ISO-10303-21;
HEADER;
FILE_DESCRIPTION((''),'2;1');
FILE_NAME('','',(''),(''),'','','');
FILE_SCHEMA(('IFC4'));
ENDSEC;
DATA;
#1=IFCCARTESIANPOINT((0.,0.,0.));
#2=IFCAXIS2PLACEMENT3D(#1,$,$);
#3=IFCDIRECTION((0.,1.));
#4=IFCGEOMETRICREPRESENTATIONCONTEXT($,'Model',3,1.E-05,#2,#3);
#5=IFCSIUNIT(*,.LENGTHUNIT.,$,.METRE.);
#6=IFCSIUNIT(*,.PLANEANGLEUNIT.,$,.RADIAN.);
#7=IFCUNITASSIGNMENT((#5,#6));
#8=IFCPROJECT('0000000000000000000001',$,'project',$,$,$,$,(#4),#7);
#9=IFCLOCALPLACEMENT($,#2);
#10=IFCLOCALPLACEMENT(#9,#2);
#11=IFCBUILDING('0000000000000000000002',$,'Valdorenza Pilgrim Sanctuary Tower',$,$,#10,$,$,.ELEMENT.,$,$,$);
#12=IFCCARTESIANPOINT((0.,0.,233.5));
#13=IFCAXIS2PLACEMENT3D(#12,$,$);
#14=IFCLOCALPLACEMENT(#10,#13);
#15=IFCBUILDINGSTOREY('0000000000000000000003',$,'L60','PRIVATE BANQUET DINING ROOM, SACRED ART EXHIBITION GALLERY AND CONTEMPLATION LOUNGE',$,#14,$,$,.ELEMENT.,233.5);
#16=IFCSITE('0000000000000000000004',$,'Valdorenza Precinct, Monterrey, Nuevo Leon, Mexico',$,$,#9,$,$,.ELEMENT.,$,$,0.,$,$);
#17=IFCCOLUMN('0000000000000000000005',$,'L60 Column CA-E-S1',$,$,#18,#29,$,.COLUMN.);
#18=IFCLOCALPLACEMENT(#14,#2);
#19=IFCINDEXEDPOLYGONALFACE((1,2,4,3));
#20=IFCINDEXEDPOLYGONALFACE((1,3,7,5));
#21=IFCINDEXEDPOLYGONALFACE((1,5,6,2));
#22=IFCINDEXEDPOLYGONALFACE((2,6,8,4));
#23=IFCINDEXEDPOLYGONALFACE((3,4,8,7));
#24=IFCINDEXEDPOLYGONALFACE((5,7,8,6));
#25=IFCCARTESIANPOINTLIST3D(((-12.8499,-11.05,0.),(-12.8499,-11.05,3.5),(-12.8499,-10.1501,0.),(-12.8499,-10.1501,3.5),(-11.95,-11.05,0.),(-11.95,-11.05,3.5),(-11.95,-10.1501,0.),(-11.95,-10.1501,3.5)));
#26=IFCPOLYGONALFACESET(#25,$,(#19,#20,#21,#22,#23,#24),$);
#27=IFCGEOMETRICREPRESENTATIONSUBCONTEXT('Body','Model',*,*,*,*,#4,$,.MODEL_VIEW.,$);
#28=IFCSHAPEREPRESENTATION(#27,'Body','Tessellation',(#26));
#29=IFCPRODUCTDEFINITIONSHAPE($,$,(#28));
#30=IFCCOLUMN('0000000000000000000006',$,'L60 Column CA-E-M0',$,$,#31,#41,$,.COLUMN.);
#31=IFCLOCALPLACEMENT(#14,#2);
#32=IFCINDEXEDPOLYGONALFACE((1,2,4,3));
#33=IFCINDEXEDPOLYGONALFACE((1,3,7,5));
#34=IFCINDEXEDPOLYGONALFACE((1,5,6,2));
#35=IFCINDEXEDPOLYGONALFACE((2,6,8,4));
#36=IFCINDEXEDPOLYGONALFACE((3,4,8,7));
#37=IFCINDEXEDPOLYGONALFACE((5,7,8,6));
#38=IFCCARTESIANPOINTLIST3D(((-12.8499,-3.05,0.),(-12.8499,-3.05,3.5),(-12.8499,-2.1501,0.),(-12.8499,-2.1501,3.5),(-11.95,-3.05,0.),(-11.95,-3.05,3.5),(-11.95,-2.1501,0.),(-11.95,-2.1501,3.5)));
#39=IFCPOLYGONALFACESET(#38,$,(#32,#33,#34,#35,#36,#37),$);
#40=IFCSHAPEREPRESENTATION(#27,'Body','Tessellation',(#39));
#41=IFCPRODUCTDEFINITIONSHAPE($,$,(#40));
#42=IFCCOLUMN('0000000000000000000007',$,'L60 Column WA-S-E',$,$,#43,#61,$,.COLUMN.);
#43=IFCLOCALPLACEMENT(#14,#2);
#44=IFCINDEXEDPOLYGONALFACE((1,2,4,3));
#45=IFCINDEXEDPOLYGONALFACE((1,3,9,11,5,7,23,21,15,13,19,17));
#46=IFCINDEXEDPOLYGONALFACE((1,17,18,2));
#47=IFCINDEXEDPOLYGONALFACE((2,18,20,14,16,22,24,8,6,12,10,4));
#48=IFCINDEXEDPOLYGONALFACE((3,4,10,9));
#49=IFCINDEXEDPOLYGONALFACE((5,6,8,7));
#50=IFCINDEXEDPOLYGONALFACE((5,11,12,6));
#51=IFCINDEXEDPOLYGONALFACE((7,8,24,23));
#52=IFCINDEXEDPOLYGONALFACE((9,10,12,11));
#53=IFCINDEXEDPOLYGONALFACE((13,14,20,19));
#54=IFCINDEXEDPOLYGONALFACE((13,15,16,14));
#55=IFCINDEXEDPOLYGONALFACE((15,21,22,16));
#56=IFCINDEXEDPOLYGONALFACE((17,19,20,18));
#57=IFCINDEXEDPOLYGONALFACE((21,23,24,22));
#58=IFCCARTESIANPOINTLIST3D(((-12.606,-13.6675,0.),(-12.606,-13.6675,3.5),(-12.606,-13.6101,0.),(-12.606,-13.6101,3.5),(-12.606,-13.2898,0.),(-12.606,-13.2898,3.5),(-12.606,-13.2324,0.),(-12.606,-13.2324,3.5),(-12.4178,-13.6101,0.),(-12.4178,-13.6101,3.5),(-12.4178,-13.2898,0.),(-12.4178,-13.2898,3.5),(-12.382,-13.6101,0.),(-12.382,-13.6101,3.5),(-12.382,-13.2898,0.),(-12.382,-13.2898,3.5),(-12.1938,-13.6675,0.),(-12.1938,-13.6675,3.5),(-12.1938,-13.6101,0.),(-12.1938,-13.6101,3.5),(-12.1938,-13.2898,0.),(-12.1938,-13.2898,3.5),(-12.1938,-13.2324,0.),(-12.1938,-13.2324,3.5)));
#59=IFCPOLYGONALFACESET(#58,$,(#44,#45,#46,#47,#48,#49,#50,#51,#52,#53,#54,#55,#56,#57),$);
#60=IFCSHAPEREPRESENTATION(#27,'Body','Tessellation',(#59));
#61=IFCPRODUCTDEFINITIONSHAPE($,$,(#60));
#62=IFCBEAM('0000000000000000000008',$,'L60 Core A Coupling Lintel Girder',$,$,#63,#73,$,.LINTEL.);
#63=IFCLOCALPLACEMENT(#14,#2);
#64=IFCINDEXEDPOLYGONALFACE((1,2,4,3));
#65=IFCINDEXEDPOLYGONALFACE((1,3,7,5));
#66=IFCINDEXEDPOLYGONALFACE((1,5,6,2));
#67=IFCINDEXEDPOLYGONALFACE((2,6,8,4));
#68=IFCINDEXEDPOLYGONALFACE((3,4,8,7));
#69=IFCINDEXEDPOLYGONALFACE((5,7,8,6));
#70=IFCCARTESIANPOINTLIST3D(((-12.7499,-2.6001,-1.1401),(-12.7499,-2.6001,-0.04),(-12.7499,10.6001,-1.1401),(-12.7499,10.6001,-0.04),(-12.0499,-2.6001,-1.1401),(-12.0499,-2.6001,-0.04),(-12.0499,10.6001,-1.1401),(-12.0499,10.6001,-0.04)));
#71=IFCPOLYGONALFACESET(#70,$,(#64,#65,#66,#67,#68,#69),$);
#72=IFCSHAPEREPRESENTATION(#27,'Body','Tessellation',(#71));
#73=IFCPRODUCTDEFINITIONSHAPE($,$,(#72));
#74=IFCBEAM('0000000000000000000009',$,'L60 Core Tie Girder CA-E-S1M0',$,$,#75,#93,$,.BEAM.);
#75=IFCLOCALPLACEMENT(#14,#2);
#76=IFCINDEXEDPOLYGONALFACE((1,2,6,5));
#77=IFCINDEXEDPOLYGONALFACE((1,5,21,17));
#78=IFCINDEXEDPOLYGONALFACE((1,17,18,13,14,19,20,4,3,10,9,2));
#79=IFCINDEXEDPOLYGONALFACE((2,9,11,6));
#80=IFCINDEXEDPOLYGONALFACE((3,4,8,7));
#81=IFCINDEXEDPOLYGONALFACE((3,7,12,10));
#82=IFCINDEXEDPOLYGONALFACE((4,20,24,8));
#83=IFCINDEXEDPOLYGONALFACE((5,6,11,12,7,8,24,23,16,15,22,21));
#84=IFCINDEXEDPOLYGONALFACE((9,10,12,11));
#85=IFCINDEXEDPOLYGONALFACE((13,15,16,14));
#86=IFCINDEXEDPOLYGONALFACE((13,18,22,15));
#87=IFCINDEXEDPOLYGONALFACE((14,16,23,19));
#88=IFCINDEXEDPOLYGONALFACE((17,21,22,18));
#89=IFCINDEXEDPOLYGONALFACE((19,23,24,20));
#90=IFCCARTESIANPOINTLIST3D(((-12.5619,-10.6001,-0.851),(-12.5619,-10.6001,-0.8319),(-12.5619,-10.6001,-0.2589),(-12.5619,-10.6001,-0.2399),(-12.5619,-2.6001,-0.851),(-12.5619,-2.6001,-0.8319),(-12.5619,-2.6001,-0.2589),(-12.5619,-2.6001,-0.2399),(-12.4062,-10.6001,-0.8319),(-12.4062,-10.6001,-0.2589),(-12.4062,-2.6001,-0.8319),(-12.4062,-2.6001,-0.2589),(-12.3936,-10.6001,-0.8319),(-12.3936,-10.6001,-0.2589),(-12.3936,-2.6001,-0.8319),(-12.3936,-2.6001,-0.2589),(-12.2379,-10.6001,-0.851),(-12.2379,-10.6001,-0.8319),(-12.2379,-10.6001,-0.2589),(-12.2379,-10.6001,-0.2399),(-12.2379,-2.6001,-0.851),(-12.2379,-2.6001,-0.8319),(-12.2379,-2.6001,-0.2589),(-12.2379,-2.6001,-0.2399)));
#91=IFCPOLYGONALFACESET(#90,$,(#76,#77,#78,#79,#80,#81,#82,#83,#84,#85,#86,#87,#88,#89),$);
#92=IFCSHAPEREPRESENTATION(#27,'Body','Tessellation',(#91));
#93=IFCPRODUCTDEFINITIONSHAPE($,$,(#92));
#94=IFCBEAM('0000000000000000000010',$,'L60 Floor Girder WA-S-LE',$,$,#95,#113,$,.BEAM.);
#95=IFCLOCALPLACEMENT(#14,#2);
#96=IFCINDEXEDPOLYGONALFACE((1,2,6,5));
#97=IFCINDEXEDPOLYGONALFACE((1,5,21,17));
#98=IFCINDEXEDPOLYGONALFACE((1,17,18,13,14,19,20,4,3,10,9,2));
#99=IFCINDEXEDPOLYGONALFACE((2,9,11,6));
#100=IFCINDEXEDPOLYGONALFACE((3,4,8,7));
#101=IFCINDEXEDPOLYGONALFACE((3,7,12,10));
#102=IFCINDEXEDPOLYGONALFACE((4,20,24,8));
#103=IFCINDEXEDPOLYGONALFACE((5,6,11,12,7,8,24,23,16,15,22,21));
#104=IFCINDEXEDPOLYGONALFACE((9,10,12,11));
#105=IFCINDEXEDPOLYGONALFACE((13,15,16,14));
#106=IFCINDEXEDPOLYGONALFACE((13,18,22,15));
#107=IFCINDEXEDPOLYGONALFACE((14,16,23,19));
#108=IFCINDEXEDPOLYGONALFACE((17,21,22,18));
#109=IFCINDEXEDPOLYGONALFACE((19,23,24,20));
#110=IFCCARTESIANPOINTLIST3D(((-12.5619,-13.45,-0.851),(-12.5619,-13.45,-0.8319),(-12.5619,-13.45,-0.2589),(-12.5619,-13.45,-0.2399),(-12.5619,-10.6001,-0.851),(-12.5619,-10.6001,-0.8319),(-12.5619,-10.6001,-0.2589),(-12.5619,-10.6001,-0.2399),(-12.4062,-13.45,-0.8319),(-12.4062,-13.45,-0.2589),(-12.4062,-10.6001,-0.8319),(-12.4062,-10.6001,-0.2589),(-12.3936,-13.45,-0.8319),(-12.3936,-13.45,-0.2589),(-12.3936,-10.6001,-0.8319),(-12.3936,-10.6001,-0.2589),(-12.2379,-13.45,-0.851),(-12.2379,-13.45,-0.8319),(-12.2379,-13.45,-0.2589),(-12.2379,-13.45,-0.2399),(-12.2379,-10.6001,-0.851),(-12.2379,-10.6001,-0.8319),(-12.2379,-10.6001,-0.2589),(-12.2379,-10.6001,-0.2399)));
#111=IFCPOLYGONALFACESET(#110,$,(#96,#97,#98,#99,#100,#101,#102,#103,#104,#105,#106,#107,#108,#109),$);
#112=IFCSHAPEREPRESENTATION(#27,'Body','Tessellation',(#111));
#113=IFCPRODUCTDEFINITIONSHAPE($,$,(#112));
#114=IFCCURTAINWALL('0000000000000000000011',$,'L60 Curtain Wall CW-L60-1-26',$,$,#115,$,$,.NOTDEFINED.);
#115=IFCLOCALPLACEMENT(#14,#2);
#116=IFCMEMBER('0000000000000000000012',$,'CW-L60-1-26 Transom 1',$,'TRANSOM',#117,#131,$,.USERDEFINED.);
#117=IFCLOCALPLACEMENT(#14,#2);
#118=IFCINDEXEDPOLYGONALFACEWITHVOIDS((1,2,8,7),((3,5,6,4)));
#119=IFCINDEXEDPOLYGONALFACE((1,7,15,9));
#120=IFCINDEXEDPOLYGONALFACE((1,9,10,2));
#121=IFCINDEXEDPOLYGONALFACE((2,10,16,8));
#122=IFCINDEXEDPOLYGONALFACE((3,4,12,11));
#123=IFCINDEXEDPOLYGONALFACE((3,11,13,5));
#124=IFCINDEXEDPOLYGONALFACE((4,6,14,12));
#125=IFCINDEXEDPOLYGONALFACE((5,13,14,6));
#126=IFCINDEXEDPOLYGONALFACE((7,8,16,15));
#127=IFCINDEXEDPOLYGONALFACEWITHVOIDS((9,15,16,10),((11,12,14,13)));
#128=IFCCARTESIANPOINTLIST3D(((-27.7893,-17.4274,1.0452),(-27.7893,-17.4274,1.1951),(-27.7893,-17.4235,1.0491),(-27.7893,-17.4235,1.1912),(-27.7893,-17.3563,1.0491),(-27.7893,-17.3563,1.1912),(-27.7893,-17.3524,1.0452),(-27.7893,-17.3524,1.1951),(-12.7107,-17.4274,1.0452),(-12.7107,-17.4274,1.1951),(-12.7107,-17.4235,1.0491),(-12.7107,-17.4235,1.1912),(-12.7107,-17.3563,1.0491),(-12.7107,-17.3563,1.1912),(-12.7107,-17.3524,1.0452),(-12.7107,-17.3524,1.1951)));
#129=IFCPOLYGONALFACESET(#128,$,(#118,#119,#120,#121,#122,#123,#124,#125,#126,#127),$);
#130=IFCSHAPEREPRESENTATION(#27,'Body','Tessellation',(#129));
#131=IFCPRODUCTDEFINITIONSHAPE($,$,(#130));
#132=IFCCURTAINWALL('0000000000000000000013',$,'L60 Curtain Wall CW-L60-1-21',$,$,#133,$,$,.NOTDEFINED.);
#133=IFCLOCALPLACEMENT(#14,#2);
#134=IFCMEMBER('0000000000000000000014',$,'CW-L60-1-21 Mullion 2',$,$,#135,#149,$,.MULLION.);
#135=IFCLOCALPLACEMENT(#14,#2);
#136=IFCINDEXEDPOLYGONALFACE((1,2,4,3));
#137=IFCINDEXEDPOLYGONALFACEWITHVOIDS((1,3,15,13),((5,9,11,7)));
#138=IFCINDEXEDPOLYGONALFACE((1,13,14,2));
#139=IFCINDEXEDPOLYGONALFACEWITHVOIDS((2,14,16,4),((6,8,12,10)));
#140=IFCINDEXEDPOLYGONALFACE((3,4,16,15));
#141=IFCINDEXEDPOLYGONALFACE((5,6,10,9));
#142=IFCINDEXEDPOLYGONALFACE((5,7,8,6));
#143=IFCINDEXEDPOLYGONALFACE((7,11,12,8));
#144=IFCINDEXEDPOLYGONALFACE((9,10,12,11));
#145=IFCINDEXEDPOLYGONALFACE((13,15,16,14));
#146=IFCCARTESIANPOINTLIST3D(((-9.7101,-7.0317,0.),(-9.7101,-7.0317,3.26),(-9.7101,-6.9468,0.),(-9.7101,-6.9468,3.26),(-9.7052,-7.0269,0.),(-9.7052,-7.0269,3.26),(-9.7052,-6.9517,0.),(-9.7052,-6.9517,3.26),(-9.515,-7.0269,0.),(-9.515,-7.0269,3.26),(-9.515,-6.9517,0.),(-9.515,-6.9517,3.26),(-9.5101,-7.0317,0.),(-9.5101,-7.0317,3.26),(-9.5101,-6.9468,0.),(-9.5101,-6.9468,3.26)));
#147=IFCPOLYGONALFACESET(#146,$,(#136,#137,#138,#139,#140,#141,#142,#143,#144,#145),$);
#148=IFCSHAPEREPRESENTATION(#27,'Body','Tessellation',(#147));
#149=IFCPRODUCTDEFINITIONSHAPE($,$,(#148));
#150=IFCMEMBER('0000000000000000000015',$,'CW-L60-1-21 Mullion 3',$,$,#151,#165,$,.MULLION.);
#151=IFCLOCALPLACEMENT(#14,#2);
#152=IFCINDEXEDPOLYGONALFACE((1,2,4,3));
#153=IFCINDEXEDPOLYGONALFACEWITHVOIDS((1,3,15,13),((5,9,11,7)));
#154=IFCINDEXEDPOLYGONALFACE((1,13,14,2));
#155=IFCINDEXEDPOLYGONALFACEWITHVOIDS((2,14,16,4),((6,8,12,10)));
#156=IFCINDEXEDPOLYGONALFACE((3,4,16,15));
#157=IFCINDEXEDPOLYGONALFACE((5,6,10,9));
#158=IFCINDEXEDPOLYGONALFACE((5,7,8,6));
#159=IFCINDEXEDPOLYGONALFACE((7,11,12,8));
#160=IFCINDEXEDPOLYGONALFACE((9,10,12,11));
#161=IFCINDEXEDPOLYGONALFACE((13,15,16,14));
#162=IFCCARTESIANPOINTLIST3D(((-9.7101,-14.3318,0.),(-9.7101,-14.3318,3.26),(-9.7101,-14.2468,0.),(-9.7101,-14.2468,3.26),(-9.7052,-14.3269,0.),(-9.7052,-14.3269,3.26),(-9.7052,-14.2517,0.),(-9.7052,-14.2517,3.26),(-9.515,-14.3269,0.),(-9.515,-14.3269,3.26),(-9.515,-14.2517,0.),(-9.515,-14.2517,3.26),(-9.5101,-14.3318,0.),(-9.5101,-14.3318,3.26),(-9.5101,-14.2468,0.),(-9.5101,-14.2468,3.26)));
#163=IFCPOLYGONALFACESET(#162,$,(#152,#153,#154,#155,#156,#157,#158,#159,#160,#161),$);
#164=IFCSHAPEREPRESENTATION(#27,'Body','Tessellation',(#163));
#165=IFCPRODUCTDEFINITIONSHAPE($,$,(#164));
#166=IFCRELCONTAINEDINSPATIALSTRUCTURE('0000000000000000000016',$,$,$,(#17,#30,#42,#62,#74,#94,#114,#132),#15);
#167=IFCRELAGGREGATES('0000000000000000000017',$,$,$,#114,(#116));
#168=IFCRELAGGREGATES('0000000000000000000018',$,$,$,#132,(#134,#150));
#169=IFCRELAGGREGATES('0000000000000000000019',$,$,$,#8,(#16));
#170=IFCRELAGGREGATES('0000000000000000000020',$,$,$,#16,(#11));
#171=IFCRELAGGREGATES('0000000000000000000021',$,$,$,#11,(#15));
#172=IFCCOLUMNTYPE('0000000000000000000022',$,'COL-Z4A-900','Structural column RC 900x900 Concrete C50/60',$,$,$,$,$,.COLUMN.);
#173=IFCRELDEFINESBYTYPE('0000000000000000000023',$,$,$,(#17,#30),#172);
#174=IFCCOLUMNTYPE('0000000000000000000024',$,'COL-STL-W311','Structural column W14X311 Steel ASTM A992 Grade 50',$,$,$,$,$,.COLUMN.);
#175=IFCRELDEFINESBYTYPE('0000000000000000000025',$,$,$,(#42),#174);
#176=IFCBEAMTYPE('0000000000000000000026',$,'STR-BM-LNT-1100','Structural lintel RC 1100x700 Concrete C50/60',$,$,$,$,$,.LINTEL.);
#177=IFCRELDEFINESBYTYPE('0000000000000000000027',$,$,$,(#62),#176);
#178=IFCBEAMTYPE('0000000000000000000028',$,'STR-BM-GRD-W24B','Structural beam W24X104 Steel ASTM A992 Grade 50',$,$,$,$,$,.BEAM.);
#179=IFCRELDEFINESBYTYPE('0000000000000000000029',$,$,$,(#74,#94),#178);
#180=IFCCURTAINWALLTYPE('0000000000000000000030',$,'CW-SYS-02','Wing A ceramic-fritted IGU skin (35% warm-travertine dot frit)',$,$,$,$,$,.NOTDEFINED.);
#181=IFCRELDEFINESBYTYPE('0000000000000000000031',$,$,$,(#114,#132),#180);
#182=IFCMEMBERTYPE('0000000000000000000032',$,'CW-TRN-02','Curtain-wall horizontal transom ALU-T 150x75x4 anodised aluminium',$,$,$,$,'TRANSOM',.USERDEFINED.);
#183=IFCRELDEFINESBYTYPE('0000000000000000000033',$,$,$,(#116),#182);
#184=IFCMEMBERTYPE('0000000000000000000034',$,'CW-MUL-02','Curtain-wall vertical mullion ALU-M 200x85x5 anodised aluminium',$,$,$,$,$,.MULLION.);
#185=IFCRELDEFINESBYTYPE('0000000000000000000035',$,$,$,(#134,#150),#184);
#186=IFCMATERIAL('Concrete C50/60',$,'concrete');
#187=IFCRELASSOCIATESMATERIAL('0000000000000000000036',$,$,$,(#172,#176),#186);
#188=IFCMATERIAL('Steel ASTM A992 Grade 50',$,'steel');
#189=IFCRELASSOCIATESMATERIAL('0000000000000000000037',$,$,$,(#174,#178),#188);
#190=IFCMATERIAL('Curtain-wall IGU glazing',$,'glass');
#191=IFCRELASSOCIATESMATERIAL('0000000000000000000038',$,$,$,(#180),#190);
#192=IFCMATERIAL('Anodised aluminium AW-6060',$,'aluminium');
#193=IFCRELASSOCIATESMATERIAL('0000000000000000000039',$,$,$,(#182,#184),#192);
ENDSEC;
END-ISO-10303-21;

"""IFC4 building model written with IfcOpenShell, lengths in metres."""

from ifc_helpers import new_model, si_unit, direction, frame, origin, origin_2d, place, context, subcontext, project, spatial, rectangle, hollow_rectangle, i_section, extrude, source, transform, mapped, material, material_profile, profile_set, type_object, element, aggregate, save


model = new_model("IFC4")

# Units and contexts
model_context = context("Model", 3, precision=1e-05, world=origin(), true_north=direction((0.0, 1.0)))
body_context = subcontext(model_context, "Body", "Model", "MODEL_VIEW")
ifc_project = project(units=[si_unit("LENGTHUNIT", "METRE"), si_unit("PLANEANGLEUNIT", "RADIAN")], contexts=[model_context])

# Site, building, storey
site_placement = place(None, origin())
site = spatial("IfcSite", under=ifc_project, at=site_placement, Name="Valdorenza Precinct, Monterrey, Nuevo Leon, Mexico", CompositionType="ELEMENT", RefElevation=0.0)
building_placement = place(site_placement, origin())
building = spatial("IfcBuilding", under=site, at=building_placement, Name="Valdorenza Pilgrim Sanctuary Tower", CompositionType="ELEMENT")
storey_placement = place(building_placement, frame((0.0, 0.0, 233.5)))
storey = spatial("IfcBuildingStorey", under=building, at=storey_placement, Name="L60", Description="PRIVATE BANQUET DINING ROOM, SACRED ART EXHIBITION GALLERY AND CONTEMPLATION LOUNGE", CompositionType="ELEMENT", Elevation=233.5)

# Columns
ifc_material_1 = material(Name="Concrete C50/60", Category="concrete")
ifc_material_profile_1 = material_profile(ifc_material_1, rectangle(XDim=0.8999, YDim=0.8999, at=origin_2d()), Name="RC 900x900")
ifc_profile_set_1 = profile_set([ifc_material_profile_1], Name="Concrete C50/60")
column_type_1 = type_object("IfcColumnType", Name="COL-Z4A-900", Description="Structural column RC 900x900 Concrete C50/60", PredefinedType="COLUMN", material=ifc_profile_set_1)
shared_shape_1 = source(origin(), body_context, "Body", "SweptSolid", [
    extrude(rectangle(XDim=0.8999, YDim=0.8999, at=origin_2d()), origin(), (0.0, 0.0, 1.0), 3.5),
])
for number, where, z_axis, x_axis, name in (
    (1, (-12.3999, -10.6001, 0.0), (0.0, 0.0, 1.0), (1.0, 0.0, 0.0), "L60 Column CA-E-S1"),
    (2, (-12.3999, -2.6001, 0.0), (0.0, 0.0, 1.0), (1.0, 0.0, 0.0), "L60 Column CA-E-M0"),
):
    element("IfcColumn", number, at=place(storey_placement, frame(where, z_axis=z_axis, x_axis=x_axis)), inside=storey, type_object=column_type_1, Name=name, PredefinedType="COLUMN", context=body_context, shape_type="MappedRepresentation", body=[
        mapped(shared_shape_1, transform((0.0, 0.0, 0.0), x_axis=(1.0, 0.0, 0.0), y_axis=(0.0, 1.0, 0.0), z_axis=(0.0, 0.0, 1.0), scale=1.0)),
    ])
ifc_material_2 = material(Name="Steel ASTM A992 Grade 50", Category="steel")
ifc_material_profile_2 = material_profile(ifc_material_2, i_section(OverallWidth=0.4121, OverallDepth=0.4351, WebThickness=0.0359, FlangeThickness=0.0574, at=origin_2d()), Name="W14X311")
ifc_profile_set_2 = profile_set([ifc_material_profile_2], Name="Steel ASTM A992 Grade 50")
column_type_2 = type_object("IfcColumnType", Name="COL-STL-W311", Description="Structural column W14X311 Steel ASTM A992 Grade 50", PredefinedType="COLUMN", material=ifc_profile_set_2)
shared_shape_2 = source(origin(), body_context, "Body", "SweptSolid", [
    extrude(i_section(OverallWidth=0.4121, OverallDepth=0.4351, WebThickness=0.0359, FlangeThickness=0.0574, at=origin_2d()), origin(), (0.0, 0.0, 1.0), 3.5),
])
column_placement = place(storey_placement, frame((-12.3999, -13.45, 0.0), z_axis=(0.0, 0.0, 1.0), x_axis=(1.0, 0.0, 0.0)))
element("IfcColumn", 3, at=column_placement, inside=storey, type_object=column_type_2, Name="L60 Column WA-S-E", PredefinedType="COLUMN", context=body_context, shape_type="MappedRepresentation", body=[
    mapped(shared_shape_2, transform((0.0, 0.0, 0.0), x_axis=(1.0, 0.0, 0.0), y_axis=(0.0, 1.0, 0.0), z_axis=(0.0, 0.0, 1.0), scale=1.0)),
])

# Beams
ifc_material_profile_3 = material_profile(ifc_material_1, rectangle(XDim=0.7, YDim=1.1001, at=origin_2d()), Name="RC 1100x700")
ifc_profile_set_3 = profile_set([ifc_material_profile_3], Name="Concrete C50/60")
beam_type_1 = type_object("IfcBeamType", Name="STR-BM-LNT-1100", Description="Structural lintel RC 1100x700 Concrete C50/60", PredefinedType="LINTEL", material=ifc_profile_set_3)
shared_shape_3 = source(origin(), body_context, "Body", "SweptSolid", [
    extrude(rectangle(XDim=0.7, YDim=1.1001, at=origin_2d()), origin(), (0.0, 0.0, 1.0), 13.2002),
])
beam_1_placement = place(storey_placement, frame((-12.3999, -2.6001, -0.5901), z_axis=(0.0, 1.0, 0.0), x_axis=(-1.0, 0.0, 0.0)))
element("IfcBeam", 4, at=beam_1_placement, inside=storey, type_object=beam_type_1, Name="L60 Core A Coupling Lintel Girder", PredefinedType="LINTEL", context=body_context, shape_type="MappedRepresentation", body=[
    mapped(shared_shape_3, transform((0.0, 0.0, 0.0), x_axis=(1.0, 0.0, 0.0), y_axis=(0.0, 1.0, 0.0), z_axis=(0.0, 0.0, 1.0), scale=1.0)),
])
ifc_material_profile_4 = material_profile(ifc_material_2, i_section(OverallWidth=0.324, OverallDepth=0.6111, WebThickness=0.0127, FlangeThickness=0.019, at=origin_2d()), Name="W24X104")
ifc_profile_set_4 = profile_set([ifc_material_profile_4], Name="Steel ASTM A992 Grade 50")
beam_type_2 = type_object("IfcBeamType", Name="STR-BM-GRD-W24B", Description="Structural beam W24X104 Steel ASTM A992 Grade 50", PredefinedType="BEAM", material=ifc_profile_set_4)
shared_shape_4 = source(origin(), body_context, "Body", "SweptSolid", [
    extrude(i_section(OverallWidth=0.324, OverallDepth=0.6111, WebThickness=0.0127, FlangeThickness=0.019, at=origin_2d()), origin(), (0.0, 0.0, 1.0), 8.0),
])
beam_2_placement = place(storey_placement, frame((-12.3999, -10.6001, -0.5454), z_axis=(0.0, 1.0, 0.0), x_axis=(-1.0, 0.0, 0.0)))
element("IfcBeam", 5, at=beam_2_placement, inside=storey, type_object=beam_type_2, Name="L60 Core Tie Girder CA-E-S1M0", PredefinedType="BEAM", context=body_context, shape_type="MappedRepresentation", body=[
    mapped(shared_shape_4, transform((0.0, 0.0, 0.0), x_axis=(1.0, 0.0, 0.0), y_axis=(0.0, 1.0, 0.0), z_axis=(0.0, 0.0, 1.0), scale=1.0)),
])
shared_shape_5 = source(origin(), body_context, "Body", "SweptSolid", [
    extrude(i_section(OverallWidth=0.324, OverallDepth=0.6111, WebThickness=0.0127, FlangeThickness=0.019, at=origin_2d()), origin(), (0.0, 0.0, 1.0), 2.8499),
])
beam_3_placement = place(storey_placement, frame((-12.3999, -13.45, -0.5454), z_axis=(0.0, 1.0, 0.0), x_axis=(-1.0, 0.0, 0.0)))
element("IfcBeam", 6, at=beam_3_placement, inside=storey, type_object=beam_type_2, Name="L60 Floor Girder WA-S-LE", PredefinedType="BEAM", context=body_context, shape_type="MappedRepresentation", body=[
    mapped(shared_shape_5, transform((0.0, 0.0, 0.0), x_axis=(1.0, 0.0, 0.0), y_axis=(0.0, 1.0, 0.0), z_axis=(0.0, 0.0, 1.0), scale=1.0)),
])

# Curtain wall, member
ifc_material_3 = material(Name="Curtain-wall IGU glazing", Category="glass")
curtain_wall_type = type_object("IfcCurtainWallType", Name="CW-SYS-02", Description="Wing A ceramic-fritted IGU skin (35% warm-travertine dot frit)", PredefinedType="NOTDEFINED", material=ifc_material_3)
curtain_wall_1_placement = place(storey_placement, origin())
curtain_wall_1 = element("IfcCurtainWall", 7, at=curtain_wall_1_placement, inside=storey, type_object=curtain_wall_type, Name="L60 Curtain Wall CW-L60-1-26", PredefinedType="NOTDEFINED")
ifc_material_4 = material(Name="Anodised aluminium AW-6060", Category="aluminium")
ifc_material_profile_5 = material_profile(ifc_material_4, hollow_rectangle(XDim=0.075, YDim=0.1499, WallThickness=0.0039, at=origin_2d()), Name="ALU-T 150x75x4")
ifc_profile_set_5 = profile_set([ifc_material_profile_5], Name="Anodised aluminium AW-6060")
member_type_1 = type_object("IfcMemberType", Name="CW-TRN-02", Description="Curtain-wall horizontal transom ALU-T 150x75x4 anodised aluminium", ElementType="TRANSOM", PredefinedType="USERDEFINED", material=ifc_profile_set_5)
shared_shape_6 = source(origin(), body_context, "Body", "SweptSolid", [
    extrude(hollow_rectangle(XDim=0.075, YDim=0.1499, WallThickness=0.0039, at=origin_2d()), origin(), (0.0, 0.0, 1.0), 15.0786),
])
member_1_placement = place(storey_placement, frame((-12.7107, -17.3899, 1.1201), z_axis=(-1.0, 0.0, 0.0), x_axis=(0.0, -1.0, 0.0)))
member_1 = element("IfcMember", 8, at=member_1_placement, type_object=member_type_1, Name="CW-L60-1-26 Transom 1", ObjectType="TRANSOM", PredefinedType="USERDEFINED", context=body_context, shape_type="MappedRepresentation", body=[
    mapped(shared_shape_6, transform((0.0, 0.0, 0.0), x_axis=(1.0, 0.0, 0.0), y_axis=(0.0, 1.0, 0.0), z_axis=(0.0, 0.0, 1.0), scale=1.0)),
])

# Curtain wall, members
curtain_wall_2_placement = place(storey_placement, origin())
curtain_wall_2 = element("IfcCurtainWall", 9, at=curtain_wall_2_placement, inside=storey, type_object=curtain_wall_type, Name="L60 Curtain Wall CW-L60-1-21", PredefinedType="NOTDEFINED")
ifc_material_profile_6 = material_profile(ifc_material_4, hollow_rectangle(XDim=0.085, YDim=0.2, WallThickness=0.0049, at=origin_2d()), Name="ALU-M 200x85x5")
ifc_profile_set_6 = profile_set([ifc_material_profile_6], Name="Anodised aluminium AW-6060")
member_type_2 = type_object("IfcMemberType", Name="CW-MUL-02", Description="Curtain-wall vertical mullion ALU-M 200x85x5 anodised aluminium", PredefinedType="MULLION", material=ifc_profile_set_6)
shared_shape_7 = source(origin(), body_context, "Body", "SweptSolid", [
    extrude(hollow_rectangle(XDim=0.085, YDim=0.2, WallThickness=0.0049, at=origin_2d()), origin(), (0.0, 0.0, 1.0), 3.26),
])
member_2_placement = place(storey_placement, frame((-9.6101, -6.9893, 0.0), z_axis=(0.0, 0.0, 1.0), x_axis=(0.0, -1.0, 0.0)))
member_2 = element("IfcMember", 10, at=member_2_placement, type_object=member_type_2, Name="CW-L60-1-21 Mullion 2", PredefinedType="MULLION", context=body_context, shape_type="MappedRepresentation", body=[
    mapped(shared_shape_7, transform((0.0, 0.0, 0.0), x_axis=(1.0, 0.0, 0.0), y_axis=(0.0, 1.0, 0.0), z_axis=(0.0, 0.0, 1.0), scale=1.0)),
])
member_3_placement = place(storey_placement, frame((-9.6101, -14.2893, 0.0), z_axis=(0.0, 0.0, 1.0), x_axis=(0.0, -1.0, 0.0)))
member_3 = element("IfcMember", 11, at=member_3_placement, type_object=member_type_2, Name="CW-L60-1-21 Mullion 3", PredefinedType="MULLION", context=body_context, shape_type="MappedRepresentation", body=[
    mapped(shared_shape_7, transform((0.0, 0.0, 0.0), x_axis=(1.0, 0.0, 0.0), y_axis=(0.0, 1.0, 0.0), z_axis=(0.0, 0.0, 1.0), scale=1.0)),
])

aggregate(curtain_wall_1, [member_1])

aggregate(curtain_wall_2, [member_2, member_3])

save(model, "model.ifc")
